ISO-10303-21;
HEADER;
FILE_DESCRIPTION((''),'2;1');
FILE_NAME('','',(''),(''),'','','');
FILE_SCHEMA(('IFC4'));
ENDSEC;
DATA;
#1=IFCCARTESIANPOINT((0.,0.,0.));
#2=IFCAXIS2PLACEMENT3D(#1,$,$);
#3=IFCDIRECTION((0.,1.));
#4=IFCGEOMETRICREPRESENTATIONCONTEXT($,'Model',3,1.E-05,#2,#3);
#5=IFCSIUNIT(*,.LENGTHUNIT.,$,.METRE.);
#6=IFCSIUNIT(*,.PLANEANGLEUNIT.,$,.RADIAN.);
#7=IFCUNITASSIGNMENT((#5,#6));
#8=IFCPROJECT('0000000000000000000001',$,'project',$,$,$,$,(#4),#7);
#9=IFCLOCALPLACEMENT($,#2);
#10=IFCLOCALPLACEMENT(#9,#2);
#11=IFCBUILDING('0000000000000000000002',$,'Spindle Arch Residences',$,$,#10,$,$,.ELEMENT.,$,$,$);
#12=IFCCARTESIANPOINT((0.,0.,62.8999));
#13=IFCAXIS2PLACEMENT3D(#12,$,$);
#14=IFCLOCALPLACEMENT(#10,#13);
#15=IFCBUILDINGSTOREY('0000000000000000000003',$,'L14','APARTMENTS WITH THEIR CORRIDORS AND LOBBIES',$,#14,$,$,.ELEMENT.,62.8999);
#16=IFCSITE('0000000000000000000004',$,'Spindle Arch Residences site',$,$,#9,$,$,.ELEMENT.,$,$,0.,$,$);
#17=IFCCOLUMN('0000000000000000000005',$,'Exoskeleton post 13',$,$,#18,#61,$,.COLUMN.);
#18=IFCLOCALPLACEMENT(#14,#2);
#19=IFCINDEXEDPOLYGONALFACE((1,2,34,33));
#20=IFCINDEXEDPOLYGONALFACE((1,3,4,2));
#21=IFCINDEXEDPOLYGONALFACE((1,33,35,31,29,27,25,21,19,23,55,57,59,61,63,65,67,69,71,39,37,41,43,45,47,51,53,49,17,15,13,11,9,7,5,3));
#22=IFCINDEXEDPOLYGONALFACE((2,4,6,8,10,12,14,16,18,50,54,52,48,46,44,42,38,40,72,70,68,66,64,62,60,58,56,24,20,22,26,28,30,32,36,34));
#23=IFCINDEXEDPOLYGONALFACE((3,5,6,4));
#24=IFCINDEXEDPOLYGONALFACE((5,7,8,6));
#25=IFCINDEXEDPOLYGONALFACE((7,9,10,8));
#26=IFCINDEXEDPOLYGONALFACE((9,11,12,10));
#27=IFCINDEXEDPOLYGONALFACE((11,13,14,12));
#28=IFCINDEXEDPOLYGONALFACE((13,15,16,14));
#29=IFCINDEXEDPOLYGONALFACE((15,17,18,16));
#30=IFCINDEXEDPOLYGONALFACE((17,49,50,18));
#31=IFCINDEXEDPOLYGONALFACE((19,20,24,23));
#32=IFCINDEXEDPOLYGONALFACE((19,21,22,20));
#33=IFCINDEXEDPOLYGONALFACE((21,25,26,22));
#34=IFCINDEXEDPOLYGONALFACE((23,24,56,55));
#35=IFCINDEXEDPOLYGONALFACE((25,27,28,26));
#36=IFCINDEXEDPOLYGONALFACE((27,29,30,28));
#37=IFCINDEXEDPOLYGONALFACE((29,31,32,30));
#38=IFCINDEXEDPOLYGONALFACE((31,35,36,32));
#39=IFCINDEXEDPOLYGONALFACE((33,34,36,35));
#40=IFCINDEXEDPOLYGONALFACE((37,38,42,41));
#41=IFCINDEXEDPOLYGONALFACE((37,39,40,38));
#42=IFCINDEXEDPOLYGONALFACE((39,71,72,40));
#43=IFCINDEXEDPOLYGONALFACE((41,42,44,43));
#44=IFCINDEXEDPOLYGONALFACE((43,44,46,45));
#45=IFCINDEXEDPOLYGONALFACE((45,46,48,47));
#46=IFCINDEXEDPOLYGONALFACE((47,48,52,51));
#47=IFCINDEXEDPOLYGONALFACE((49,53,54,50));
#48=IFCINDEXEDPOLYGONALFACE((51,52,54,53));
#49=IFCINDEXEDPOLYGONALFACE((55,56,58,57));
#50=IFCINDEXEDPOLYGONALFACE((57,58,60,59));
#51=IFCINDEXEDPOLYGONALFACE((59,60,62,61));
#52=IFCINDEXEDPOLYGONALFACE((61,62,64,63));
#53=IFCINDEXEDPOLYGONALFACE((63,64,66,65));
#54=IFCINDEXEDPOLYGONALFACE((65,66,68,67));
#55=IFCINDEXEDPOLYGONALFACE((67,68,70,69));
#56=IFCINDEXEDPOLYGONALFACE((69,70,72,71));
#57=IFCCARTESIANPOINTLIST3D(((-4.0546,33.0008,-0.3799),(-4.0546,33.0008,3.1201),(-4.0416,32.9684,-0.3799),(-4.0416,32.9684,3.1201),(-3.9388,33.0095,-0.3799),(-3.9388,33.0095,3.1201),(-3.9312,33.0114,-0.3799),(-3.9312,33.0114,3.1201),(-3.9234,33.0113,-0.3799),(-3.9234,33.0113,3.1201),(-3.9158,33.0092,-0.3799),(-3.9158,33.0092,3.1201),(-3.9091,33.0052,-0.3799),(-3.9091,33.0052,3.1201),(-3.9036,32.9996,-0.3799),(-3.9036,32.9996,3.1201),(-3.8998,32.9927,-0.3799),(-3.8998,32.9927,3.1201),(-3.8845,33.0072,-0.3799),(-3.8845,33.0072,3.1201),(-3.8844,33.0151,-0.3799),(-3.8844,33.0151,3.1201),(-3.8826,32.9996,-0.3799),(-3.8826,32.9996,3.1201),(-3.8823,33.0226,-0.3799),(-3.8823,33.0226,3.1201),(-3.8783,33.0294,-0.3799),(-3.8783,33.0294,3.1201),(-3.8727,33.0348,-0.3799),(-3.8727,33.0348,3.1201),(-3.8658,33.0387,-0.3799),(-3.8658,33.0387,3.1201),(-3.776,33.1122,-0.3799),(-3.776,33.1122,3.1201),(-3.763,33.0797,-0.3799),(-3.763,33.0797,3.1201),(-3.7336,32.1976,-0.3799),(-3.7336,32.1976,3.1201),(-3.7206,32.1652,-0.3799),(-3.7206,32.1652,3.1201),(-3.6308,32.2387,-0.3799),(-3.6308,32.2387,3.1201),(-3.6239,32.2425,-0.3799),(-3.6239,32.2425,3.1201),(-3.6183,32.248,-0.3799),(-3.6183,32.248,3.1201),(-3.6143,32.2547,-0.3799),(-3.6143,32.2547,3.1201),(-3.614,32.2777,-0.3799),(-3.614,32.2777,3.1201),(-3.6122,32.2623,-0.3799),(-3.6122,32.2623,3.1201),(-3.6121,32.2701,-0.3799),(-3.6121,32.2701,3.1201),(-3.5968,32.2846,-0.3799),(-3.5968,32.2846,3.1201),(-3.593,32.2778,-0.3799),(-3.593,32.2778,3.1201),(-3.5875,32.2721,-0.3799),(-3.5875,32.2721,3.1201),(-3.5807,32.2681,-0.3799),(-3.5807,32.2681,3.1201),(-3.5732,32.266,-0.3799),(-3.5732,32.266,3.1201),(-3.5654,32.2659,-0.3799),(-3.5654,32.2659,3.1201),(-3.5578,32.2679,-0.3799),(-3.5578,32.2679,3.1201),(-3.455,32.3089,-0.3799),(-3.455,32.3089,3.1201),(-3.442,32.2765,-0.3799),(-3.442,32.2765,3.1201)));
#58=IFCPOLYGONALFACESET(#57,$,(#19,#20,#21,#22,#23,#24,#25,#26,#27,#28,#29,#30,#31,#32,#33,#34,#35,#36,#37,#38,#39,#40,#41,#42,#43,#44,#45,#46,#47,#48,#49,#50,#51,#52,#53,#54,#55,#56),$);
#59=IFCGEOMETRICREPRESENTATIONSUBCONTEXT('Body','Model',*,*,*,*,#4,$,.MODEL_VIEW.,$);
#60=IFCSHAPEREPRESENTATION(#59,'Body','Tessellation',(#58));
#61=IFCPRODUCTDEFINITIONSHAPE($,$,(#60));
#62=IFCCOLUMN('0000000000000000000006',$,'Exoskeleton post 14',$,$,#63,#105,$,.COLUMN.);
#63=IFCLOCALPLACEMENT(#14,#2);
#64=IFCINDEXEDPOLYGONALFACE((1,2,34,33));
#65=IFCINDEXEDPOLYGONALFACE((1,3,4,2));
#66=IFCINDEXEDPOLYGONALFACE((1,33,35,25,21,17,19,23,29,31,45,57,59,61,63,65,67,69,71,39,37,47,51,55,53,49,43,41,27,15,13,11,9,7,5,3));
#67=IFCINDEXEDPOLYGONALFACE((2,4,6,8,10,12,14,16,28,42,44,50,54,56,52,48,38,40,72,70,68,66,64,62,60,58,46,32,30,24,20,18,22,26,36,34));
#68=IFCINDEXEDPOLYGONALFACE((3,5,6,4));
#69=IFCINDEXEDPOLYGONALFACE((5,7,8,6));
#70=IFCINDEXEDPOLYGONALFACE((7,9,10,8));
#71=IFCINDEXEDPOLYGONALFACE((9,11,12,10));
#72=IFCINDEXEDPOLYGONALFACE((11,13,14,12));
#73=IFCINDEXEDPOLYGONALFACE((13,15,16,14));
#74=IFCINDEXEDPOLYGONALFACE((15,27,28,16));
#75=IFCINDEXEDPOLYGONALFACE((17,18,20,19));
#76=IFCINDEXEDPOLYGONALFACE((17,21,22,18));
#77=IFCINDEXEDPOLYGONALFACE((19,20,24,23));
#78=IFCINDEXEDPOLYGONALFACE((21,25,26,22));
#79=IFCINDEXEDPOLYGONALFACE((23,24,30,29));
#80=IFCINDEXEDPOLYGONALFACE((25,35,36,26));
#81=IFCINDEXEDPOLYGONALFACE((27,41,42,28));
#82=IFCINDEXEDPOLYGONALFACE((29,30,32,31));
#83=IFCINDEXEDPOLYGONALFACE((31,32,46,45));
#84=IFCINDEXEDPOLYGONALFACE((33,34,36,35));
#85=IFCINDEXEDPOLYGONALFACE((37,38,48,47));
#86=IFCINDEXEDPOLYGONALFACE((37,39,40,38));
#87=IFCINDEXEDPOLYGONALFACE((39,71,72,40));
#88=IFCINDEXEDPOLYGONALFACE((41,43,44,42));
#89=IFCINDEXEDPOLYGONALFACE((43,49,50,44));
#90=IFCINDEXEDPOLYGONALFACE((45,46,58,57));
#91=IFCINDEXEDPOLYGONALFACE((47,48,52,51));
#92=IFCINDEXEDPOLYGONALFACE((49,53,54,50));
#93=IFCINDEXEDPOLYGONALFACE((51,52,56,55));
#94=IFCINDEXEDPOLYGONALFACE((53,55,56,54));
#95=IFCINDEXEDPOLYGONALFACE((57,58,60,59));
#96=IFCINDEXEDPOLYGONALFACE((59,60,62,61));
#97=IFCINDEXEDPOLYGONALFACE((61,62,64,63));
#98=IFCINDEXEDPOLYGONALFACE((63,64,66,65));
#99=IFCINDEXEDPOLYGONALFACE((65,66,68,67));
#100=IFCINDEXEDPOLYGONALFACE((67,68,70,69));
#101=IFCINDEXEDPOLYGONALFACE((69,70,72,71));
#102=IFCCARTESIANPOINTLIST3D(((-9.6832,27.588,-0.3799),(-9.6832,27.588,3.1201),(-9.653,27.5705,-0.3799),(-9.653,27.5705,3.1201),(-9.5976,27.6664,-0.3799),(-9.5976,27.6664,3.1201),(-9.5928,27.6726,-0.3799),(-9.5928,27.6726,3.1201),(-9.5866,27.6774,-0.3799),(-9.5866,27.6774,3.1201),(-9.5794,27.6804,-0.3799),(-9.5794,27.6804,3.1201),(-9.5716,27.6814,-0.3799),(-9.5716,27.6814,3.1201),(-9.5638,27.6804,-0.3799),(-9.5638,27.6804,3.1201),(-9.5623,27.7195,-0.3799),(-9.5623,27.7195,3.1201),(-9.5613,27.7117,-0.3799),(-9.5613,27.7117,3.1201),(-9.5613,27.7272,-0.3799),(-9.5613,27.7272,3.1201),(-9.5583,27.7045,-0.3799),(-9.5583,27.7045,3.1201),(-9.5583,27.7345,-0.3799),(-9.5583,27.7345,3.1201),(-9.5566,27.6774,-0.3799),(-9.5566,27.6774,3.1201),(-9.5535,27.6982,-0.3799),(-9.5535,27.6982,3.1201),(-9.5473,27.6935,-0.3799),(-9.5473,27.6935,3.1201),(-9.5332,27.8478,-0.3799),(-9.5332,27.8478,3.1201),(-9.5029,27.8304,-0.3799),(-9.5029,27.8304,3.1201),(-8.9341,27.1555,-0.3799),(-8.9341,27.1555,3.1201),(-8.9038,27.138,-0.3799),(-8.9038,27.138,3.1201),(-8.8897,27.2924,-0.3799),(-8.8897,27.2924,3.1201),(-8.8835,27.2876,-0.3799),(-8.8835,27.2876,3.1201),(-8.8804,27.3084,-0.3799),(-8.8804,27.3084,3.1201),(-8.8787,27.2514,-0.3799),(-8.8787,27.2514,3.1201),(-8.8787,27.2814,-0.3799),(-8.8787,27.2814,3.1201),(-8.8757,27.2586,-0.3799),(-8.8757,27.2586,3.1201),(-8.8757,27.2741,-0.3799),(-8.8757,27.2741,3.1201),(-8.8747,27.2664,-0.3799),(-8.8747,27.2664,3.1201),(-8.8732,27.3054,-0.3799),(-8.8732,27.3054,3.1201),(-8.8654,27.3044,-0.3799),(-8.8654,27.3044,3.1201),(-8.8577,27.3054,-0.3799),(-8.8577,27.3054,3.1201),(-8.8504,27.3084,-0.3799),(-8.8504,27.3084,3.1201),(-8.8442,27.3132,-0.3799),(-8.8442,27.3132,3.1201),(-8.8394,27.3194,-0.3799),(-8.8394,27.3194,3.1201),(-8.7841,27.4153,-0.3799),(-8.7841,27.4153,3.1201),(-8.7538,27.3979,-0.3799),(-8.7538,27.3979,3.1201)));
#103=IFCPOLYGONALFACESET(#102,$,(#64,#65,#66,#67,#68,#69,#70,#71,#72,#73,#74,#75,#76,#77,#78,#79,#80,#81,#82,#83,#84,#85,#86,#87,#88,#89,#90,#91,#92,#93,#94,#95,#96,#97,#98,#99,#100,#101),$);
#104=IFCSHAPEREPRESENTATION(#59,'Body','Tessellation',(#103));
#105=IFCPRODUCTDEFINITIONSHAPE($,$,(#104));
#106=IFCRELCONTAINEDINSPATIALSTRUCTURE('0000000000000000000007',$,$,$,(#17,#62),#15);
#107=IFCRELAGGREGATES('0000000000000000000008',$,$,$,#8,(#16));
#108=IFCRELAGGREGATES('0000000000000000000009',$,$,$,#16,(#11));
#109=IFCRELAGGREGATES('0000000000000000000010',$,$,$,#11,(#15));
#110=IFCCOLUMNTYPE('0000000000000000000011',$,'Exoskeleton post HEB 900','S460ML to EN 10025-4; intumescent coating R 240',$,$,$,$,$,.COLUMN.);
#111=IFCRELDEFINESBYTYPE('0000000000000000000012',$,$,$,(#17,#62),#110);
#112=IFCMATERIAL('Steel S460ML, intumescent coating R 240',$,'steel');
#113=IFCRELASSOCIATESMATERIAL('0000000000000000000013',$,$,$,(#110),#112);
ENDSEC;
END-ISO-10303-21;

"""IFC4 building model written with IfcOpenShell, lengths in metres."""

from ifc_helpers import new_model, si_unit, direction, frame, origin, origin_2d, place, context, subcontext, project, spatial, i_section, extrude, material, material_profile, profile_set, type_object, element, save


model = new_model("IFC4")

# Units and contexts
model_context = context("Model", 3, precision=1e-05, world=origin(), true_north=direction((0.0, 1.0)))
body_context = subcontext(model_context, "Body", "Model", "MODEL_VIEW")
ifc_project = project(units=[si_unit("LENGTHUNIT", "METRE"), si_unit("PLANEANGLEUNIT", "RADIAN")], contexts=[model_context])

# Site, building, storey
site_placement = place(None, origin())
site = spatial("IfcSite", under=ifc_project, at=site_placement, Name="Spindle Arch Residences site", CompositionType="ELEMENT", RefElevation=0.0)
building_placement = place(site_placement, origin())
building = spatial("IfcBuilding", under=site, at=building_placement, Name="Spindle Arch Residences", CompositionType="ELEMENT")
storey_placement = place(building_placement, frame((0.0, 0.0, 62.8999)))
storey = spatial("IfcBuildingStorey", under=building, at=storey_placement, Name="L14", Description="APARTMENTS WITH THEIR CORRIDORS AND LOBBIES", CompositionType="ELEMENT", Elevation=62.8999)

# Columns
ifc_material_1 = material(Name="Steel S460ML, intumescent coating R 240", Category="steel")
ifc_material_profile_1 = material_profile(ifc_material_1, i_section(OverallWidth=0.3, OverallDepth=0.8999, WebThickness=0.0186, FlangeThickness=0.0349, FilletRadius=0.03, at=origin_2d()), Name="HEB 900")
ifc_profile_set_1 = profile_set([ifc_material_profile_1], Name="Steel S460ML, intumescent coating R 240")
column_type_1 = type_object("IfcColumnType", Name="Exoskeleton post HEB 900", Description="S460ML to EN 10025-4; intumescent coating R 240", PredefinedType="COLUMN", material=ifc_profile_set_1)
for number, where, z_axis, x_axis, name in (
    (1, (-3.7483, 32.6387, -0.3799), (0.0, 0.0, 1.0), (0.92859, 0.371108, 0.0), "Exoskeleton post 13"),
    (2, (-9.2185, 27.4929, -0.3799), (0.0, 0.0, 1.0), (0.5, 0.866025, 0.0), "Exoskeleton post 14"),
):
    element("IfcColumn", number, at=place(storey_placement, frame(where, z_axis=z_axis, x_axis=x_axis)), inside=storey, type_object=column_type_1, Name=name, PredefinedType="COLUMN", context=body_context, shape_type="SweptSolid", body=[
        extrude(i_section(OverallWidth=0.3, OverallDepth=0.8999, WebThickness=0.0186, FlangeThickness=0.0349, FilletRadius=0.03, at=origin_2d()), origin(), (0.0, 0.0, 1.0), 3.5),
    ])

save(model, "model.ifc")
